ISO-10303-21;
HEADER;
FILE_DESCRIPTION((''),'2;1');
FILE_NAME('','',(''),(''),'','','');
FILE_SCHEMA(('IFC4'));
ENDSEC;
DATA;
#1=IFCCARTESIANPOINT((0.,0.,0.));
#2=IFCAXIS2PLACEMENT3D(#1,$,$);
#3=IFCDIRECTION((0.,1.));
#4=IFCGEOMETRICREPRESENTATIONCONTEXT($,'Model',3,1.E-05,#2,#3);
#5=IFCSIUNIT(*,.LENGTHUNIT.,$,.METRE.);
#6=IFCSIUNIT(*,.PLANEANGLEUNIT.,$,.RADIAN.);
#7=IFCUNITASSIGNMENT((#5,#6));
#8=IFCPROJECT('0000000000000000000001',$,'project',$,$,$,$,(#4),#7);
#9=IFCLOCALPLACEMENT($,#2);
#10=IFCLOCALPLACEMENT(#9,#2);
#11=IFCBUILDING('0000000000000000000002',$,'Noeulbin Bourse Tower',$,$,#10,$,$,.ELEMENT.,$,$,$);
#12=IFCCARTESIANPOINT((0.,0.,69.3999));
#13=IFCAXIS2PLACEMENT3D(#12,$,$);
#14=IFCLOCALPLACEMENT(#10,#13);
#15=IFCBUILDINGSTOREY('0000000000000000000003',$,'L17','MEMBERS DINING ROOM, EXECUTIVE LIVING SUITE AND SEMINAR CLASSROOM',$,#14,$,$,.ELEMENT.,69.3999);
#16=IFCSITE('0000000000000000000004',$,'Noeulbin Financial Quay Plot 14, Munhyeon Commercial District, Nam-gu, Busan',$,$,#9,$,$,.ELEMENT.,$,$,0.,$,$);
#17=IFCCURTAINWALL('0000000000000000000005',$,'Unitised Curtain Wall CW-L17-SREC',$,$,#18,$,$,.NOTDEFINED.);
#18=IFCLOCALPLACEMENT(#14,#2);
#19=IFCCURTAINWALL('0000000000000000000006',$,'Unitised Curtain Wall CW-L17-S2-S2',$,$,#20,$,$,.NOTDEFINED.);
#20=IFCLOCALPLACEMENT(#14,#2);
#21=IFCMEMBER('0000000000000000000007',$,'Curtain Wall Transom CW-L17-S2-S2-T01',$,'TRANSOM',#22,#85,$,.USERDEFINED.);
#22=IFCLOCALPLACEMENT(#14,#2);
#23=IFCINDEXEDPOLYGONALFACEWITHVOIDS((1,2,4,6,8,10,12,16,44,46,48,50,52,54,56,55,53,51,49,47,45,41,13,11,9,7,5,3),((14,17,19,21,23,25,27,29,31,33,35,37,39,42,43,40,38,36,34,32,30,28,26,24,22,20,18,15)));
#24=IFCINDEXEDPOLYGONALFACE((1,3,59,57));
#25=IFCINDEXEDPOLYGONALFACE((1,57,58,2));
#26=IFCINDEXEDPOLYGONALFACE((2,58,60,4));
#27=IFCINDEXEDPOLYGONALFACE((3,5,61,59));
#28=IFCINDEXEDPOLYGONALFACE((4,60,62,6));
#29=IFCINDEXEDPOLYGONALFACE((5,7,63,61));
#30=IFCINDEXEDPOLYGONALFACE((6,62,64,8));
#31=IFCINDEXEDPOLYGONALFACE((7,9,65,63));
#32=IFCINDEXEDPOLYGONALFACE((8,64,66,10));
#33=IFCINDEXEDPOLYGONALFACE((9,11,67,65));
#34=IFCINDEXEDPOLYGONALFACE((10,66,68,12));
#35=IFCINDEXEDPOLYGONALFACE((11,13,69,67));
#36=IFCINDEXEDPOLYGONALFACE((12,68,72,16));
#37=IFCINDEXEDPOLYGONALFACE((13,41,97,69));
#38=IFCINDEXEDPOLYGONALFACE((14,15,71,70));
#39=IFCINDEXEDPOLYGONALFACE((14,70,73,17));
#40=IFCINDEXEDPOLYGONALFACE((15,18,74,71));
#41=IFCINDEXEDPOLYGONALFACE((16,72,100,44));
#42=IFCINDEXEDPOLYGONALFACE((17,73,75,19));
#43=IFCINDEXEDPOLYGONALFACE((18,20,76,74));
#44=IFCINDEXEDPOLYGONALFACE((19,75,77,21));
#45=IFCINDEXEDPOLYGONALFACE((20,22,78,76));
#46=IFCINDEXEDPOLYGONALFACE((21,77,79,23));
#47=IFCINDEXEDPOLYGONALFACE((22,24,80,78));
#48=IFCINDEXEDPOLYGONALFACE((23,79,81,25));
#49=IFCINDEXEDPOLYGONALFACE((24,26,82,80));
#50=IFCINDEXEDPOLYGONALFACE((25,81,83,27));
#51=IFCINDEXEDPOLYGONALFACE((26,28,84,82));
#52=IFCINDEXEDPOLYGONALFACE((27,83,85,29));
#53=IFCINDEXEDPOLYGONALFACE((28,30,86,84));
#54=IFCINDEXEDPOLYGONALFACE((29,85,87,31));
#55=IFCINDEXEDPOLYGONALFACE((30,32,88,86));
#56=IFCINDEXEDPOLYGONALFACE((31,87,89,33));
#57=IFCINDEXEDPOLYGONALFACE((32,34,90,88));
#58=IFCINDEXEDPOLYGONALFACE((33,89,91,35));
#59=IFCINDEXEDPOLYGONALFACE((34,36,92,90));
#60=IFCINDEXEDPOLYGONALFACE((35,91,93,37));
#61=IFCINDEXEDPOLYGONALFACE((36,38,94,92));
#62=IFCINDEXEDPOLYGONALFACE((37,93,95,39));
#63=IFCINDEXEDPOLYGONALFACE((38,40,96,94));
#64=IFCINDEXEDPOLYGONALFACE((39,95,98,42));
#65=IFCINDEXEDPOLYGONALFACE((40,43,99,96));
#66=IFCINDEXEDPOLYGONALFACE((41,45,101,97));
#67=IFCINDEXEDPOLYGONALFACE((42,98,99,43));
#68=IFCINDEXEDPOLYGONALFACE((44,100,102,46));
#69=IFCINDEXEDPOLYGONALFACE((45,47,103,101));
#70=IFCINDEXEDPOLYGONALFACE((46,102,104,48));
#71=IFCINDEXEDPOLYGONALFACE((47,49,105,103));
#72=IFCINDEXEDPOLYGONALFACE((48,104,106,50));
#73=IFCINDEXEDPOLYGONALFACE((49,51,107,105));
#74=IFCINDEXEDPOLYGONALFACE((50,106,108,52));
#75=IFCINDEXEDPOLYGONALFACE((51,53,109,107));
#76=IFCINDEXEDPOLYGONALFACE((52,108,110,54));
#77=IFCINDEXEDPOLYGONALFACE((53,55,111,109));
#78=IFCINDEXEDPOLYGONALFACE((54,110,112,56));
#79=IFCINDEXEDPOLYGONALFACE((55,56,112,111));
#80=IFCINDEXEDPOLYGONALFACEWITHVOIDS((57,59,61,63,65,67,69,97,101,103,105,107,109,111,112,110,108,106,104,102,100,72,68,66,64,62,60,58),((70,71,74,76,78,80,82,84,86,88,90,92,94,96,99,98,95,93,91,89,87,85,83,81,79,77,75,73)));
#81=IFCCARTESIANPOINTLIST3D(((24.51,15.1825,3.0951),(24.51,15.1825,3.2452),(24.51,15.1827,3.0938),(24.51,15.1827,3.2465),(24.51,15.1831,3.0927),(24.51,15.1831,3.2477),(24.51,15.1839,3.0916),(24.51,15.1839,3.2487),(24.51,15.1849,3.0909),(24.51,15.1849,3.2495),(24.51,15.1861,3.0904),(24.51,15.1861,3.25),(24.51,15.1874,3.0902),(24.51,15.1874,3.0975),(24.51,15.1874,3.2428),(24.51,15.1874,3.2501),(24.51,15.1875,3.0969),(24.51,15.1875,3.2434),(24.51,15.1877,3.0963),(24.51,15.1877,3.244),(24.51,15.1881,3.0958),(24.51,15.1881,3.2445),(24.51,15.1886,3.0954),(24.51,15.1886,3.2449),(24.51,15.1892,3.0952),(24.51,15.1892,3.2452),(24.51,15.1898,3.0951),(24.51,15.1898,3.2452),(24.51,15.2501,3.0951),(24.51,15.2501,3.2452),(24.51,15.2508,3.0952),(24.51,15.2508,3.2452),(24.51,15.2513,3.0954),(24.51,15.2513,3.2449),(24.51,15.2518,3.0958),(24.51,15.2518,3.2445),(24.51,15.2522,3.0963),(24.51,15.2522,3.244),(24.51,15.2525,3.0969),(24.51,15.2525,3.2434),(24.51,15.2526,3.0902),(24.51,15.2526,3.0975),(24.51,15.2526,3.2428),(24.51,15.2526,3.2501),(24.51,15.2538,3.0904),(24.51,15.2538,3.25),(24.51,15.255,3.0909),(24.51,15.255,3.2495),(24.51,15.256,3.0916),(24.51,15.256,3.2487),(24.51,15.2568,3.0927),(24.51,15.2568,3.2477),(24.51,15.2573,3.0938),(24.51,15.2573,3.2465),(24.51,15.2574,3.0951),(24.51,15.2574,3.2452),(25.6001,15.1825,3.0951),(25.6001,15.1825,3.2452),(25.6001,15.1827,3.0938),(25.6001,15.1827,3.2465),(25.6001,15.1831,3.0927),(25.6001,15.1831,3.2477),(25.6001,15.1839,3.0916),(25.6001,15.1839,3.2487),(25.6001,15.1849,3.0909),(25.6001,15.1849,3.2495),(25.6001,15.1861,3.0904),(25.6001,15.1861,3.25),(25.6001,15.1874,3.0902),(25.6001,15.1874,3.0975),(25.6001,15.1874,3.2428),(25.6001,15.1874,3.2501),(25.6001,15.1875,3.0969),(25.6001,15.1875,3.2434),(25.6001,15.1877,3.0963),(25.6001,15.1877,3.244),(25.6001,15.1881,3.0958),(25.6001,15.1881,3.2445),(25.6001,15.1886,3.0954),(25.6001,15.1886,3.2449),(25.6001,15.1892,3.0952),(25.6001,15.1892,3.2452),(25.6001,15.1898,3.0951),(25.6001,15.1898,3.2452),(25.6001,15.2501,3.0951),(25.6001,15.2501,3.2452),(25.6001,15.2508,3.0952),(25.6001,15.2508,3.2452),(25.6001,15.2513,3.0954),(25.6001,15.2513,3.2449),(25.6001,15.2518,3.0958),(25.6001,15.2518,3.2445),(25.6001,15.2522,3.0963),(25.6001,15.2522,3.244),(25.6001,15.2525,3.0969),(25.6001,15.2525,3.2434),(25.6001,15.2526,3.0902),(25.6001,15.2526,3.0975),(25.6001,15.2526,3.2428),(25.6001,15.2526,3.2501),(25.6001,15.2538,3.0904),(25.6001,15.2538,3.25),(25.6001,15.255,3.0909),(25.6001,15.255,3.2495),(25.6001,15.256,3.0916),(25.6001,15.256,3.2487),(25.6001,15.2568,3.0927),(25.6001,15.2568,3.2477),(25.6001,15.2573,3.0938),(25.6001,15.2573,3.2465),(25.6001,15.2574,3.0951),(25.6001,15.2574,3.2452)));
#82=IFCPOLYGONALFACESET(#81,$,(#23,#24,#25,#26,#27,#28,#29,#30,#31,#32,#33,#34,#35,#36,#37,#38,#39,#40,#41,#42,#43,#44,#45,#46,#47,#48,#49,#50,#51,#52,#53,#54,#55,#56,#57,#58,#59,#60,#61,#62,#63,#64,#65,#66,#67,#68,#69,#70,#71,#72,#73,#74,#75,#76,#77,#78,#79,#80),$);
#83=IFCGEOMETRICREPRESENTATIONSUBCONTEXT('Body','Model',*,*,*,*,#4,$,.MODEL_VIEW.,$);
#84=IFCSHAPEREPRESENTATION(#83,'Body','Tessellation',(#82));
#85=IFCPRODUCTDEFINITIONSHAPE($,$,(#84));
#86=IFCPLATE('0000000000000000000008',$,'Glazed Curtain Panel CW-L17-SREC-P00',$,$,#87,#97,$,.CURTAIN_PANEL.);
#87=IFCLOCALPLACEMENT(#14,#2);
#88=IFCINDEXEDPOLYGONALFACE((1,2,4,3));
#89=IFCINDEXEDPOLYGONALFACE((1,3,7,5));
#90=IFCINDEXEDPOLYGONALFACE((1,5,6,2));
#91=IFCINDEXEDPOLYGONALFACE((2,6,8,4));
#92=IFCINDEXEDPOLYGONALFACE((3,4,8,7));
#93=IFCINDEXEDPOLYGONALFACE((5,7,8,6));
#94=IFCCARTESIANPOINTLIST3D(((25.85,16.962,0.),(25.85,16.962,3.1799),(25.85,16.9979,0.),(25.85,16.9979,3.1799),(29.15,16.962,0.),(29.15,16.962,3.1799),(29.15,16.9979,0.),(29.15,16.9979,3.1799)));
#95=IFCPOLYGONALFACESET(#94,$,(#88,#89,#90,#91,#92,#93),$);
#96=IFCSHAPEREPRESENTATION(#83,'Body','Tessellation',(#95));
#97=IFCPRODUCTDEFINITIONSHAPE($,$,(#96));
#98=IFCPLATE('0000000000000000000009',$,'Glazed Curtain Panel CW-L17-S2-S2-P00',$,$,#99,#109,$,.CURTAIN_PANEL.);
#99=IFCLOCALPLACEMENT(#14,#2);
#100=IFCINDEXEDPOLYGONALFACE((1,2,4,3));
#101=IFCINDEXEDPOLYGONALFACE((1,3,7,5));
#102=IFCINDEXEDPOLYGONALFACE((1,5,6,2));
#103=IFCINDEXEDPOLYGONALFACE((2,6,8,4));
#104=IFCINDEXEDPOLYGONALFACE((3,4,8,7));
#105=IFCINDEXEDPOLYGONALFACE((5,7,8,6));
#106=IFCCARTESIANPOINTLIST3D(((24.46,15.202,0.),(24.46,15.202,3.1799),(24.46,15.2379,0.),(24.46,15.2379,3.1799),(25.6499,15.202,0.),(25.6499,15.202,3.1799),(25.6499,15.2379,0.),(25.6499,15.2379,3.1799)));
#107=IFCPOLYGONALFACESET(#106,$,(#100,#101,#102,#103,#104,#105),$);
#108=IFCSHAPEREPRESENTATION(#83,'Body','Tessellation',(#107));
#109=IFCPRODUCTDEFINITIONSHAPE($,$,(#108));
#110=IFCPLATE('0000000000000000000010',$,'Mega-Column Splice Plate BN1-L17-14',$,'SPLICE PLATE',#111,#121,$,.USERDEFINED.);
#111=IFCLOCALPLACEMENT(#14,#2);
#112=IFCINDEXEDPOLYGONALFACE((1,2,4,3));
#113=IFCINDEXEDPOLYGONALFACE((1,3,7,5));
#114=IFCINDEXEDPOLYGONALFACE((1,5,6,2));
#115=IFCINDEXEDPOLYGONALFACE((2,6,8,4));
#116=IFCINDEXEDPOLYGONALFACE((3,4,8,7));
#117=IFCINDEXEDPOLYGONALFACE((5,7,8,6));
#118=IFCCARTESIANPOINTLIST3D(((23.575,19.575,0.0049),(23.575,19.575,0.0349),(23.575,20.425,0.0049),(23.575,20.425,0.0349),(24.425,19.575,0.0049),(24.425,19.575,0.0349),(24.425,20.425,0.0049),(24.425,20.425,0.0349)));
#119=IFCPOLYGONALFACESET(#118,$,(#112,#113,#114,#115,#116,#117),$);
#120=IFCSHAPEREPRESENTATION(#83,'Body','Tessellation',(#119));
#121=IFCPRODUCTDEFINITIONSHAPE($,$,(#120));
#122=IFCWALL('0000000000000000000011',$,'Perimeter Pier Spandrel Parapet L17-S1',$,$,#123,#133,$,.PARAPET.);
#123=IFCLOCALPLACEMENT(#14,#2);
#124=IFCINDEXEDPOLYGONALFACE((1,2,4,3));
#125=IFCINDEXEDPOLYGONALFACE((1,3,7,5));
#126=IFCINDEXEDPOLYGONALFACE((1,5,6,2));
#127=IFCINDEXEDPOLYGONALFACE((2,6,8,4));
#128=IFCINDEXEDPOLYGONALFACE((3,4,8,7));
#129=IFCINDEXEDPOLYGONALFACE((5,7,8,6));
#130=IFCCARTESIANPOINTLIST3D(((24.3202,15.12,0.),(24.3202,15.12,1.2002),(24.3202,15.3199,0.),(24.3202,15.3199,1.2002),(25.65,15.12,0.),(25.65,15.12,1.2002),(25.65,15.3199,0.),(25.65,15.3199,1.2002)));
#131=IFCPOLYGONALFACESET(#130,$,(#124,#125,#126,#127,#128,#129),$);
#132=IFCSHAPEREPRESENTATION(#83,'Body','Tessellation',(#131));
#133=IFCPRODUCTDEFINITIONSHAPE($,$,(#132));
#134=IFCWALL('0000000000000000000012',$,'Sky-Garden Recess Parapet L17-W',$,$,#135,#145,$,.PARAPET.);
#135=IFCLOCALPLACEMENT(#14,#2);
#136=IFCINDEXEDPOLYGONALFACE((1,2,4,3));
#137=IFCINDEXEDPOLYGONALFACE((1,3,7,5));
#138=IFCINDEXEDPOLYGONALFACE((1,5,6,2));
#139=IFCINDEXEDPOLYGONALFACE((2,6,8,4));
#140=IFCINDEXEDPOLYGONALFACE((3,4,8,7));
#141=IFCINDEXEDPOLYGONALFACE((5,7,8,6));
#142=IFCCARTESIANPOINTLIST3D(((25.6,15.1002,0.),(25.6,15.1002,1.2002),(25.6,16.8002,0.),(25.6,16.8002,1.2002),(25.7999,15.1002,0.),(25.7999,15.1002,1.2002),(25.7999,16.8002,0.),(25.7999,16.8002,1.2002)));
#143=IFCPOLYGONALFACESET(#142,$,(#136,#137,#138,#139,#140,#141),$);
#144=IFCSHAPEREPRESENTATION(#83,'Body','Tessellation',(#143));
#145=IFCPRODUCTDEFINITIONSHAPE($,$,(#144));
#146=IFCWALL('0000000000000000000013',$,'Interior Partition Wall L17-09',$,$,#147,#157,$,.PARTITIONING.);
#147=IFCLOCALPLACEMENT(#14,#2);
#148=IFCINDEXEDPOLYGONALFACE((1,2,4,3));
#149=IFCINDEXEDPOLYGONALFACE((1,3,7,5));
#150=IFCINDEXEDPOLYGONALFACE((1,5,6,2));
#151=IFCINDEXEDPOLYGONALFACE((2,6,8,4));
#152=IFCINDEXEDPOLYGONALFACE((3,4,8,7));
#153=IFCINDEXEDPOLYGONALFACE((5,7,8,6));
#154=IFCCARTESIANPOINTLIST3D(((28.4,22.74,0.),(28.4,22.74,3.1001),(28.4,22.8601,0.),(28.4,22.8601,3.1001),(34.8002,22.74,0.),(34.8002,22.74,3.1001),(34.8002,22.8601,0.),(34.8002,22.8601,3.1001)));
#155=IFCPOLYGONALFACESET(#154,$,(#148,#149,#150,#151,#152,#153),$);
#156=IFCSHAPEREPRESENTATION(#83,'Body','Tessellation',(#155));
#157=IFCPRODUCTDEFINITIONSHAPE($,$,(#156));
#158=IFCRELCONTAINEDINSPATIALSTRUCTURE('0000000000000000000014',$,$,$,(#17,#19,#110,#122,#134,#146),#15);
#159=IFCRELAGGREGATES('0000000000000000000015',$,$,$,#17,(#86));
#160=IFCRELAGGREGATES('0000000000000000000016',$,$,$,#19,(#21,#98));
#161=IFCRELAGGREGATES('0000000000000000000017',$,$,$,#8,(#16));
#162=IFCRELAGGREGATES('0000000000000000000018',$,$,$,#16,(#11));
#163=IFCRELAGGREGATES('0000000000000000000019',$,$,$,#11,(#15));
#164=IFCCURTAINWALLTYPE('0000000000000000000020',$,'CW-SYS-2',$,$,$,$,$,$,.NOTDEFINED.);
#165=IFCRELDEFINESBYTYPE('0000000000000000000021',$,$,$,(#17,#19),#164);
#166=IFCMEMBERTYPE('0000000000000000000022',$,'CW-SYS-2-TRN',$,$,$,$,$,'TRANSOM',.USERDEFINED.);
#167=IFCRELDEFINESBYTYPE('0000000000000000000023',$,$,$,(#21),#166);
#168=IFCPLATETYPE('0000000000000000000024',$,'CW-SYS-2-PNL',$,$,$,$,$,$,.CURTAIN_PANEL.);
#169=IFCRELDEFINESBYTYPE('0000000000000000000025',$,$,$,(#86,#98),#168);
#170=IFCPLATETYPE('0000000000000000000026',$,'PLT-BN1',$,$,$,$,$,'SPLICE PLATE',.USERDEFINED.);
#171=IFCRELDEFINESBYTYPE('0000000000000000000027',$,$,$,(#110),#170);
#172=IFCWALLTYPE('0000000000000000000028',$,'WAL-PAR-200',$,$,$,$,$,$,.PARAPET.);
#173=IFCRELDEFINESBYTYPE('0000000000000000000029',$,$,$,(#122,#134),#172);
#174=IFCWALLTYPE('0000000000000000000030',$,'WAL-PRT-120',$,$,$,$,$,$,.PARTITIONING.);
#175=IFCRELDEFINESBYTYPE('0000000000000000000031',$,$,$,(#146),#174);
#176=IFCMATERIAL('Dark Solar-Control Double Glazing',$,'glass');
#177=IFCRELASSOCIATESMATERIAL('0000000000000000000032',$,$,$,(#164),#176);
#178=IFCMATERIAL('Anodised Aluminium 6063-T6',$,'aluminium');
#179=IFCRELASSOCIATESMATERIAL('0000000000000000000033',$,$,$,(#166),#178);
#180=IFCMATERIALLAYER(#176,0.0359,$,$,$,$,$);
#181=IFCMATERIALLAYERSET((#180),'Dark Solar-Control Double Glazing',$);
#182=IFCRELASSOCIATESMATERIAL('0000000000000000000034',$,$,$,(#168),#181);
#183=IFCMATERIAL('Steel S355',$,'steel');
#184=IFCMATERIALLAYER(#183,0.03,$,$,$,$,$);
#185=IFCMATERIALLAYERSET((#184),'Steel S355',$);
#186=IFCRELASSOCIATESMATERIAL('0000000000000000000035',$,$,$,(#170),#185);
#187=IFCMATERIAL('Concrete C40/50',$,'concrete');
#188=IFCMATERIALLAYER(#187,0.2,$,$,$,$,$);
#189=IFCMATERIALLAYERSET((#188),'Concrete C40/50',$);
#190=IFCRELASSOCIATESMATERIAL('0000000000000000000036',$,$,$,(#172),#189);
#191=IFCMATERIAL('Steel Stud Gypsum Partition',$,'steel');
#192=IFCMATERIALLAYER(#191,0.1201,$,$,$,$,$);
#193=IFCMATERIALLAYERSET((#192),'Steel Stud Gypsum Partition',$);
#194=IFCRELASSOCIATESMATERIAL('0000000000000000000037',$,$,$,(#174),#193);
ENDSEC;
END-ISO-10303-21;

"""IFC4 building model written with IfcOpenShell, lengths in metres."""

from ifc_helpers import new_model, si_unit, direction, frame, frame_2d, origin, origin_2d, place, context, subcontext, project, spatial, rectangle, hollow_rectangle, extrude, material, layer, layer_set, material_profile, profile_set, type_object, element, aggregate, save


model = new_model("IFC4")

# Units and contexts
model_context = context("Model", 3, precision=1e-05, world=origin(), true_north=direction((0.0, 1.0)))
body_context = subcontext(model_context, "Body", "Model", "MODEL_VIEW")
ifc_project = project(units=[si_unit("LENGTHUNIT", "METRE"), si_unit("PLANEANGLEUNIT", "RADIAN")], contexts=[model_context])

# Site, building, storey
site_placement = place(None, origin())
site = spatial("IfcSite", under=ifc_project, at=site_placement, Name="Noeulbin Financial Quay Plot 14, Munhyeon Commercial District, Nam-gu, Busan", CompositionType="ELEMENT", RefElevation=0.0)
building_placement = place(site_placement, origin())
building = spatial("IfcBuilding", under=site, at=building_placement, Name="Noeulbin Bourse Tower", CompositionType="ELEMENT")
storey_placement = place(building_placement, frame((0.0, 0.0, 69.3999)))
storey = spatial("IfcBuildingStorey", under=building, at=storey_placement, Name="L17", Description="MEMBERS DINING ROOM, EXECUTIVE LIVING SUITE AND SEMINAR CLASSROOM", CompositionType="ELEMENT", Elevation=69.3999)

# Shared definitions
ifc_material_1 = material(Name="Steel S355", Category="steel")

# Curtain wall
ifc_material_2 = material(Name="Dark Solar-Control Double Glazing", Category="glass")
curtain_wall_type = type_object("IfcCurtainWallType", Name="CW-SYS-2", PredefinedType="NOTDEFINED", material=ifc_material_2)
curtain_wall_1_placement = place(storey_placement, origin())
curtain_wall_1 = element("IfcCurtainWall", 1, at=curtain_wall_1_placement, inside=storey, type_object=curtain_wall_type, Name="Unitised Curtain Wall CW-L17-SREC", PredefinedType="NOTDEFINED")
ifc_material_3 = material(Name="Anodised Aluminium 6063-T6", Category="aluminium")

# Curtain wall
curtain_wall_2_placement = place(storey_placement, origin())
curtain_wall_2 = element("IfcCurtainWall", 2, at=curtain_wall_2_placement, inside=storey, type_object=curtain_wall_type, Name="Unitised Curtain Wall CW-L17-S2-S2", PredefinedType="NOTDEFINED")

# Member
ifc_material_profile_1 = material_profile(ifc_material_3, hollow_rectangle(XDim=0.075, YDim=0.1599, WallThickness=0.0049, InnerFilletRadius=0.0024, OuterFilletRadius=0.0049, at=origin_2d()), Name="ALU-TRAN-75x160x5", Category="LoadBearing")
ifc_profile_set_1 = profile_set([ifc_material_profile_1], Name="Anodised Aluminium 6063-T6")
member_type_1 = type_object("IfcMemberType", Name="CW-SYS-2-TRN", ElementType="TRANSOM", PredefinedType="USERDEFINED", material=ifc_profile_set_1)
member_1_placement = place(storey_placement, frame((24.51, 15.22, 3.1702), z_axis=(1.0, 0.0, 0.0), x_axis=(0.0, 1.0, 0.0)))
member_1 = element("IfcMember", 3, at=member_1_placement, type_object=member_type_1, Name="Curtain Wall Transom CW-L17-S2-S2-T01", ObjectType="TRANSOM", PredefinedType="USERDEFINED", context=body_context, shape_type="SweptSolid", body=[
    extrude(hollow_rectangle(XDim=0.075, YDim=0.1599, WallThickness=0.0049, InnerFilletRadius=0.0024, OuterFilletRadius=0.0049, at=origin_2d()), origin(), (0.0, 0.0, 1.0), 1.0901),
])

# Plates
ifc_layer_1 = layer(ifc_material_2, 0.0359)
ifc_layer_set_1 = layer_set([ifc_layer_1], Name="Dark Solar-Control Double Glazing")
plate_type_1 = type_object("IfcPlateType", Name="CW-SYS-2-PNL", PredefinedType="CURTAIN_PANEL", material=ifc_layer_set_1)
plate_1_placement = place(storey_placement, frame((27.5, 16.98, 0.0), z_axis=(0.0, 0.0, 1.0), x_axis=(1.0, 0.0, 0.0)))
plate_1 = element("IfcPlate", 4, at=plate_1_placement, type_object=plate_type_1, Name="Glazed Curtain Panel CW-L17-SREC-P00", PredefinedType="CURTAIN_PANEL", context=body_context, shape_type="SweptSolid", body=[
    extrude(rectangle(XDim=3.3, YDim=0.0359, at=origin_2d()), origin(), (0.0, 0.0, 1.0), 3.1799),
])
aggregate(curtain_wall_1, [plate_1])
plate_2_placement = place(storey_placement, frame((25.0549, 15.22, 0.0), z_axis=(0.0, 0.0, 1.0), x_axis=(1.0, 0.0, 0.0)))
plate_2 = element("IfcPlate", 5, at=plate_2_placement, type_object=plate_type_1, Name="Glazed Curtain Panel CW-L17-S2-S2-P00", PredefinedType="CURTAIN_PANEL", context=body_context, shape_type="SweptSolid", body=[
    extrude(rectangle(XDim=1.1899, YDim=0.0359, at=origin_2d()), origin(), (0.0, 0.0, 1.0), 3.1799),
])
aggregate(curtain_wall_2, [member_1, plate_2])
ifc_layer_2 = layer(ifc_material_1, 0.03)
ifc_layer_set_2 = layer_set([ifc_layer_2], Name="Steel S355")
plate_type_2 = type_object("IfcPlateType", Name="PLT-BN1", ElementType="SPLICE PLATE", PredefinedType="USERDEFINED", material=ifc_layer_set_2)
plate_3_placement = place(storey_placement, frame((24.0, 20.0, 0.0049), z_axis=(0.0, 0.0, 1.0), x_axis=(1.0, 0.0, 0.0)))
element("IfcPlate", 6, at=plate_3_placement, inside=storey, type_object=plate_type_2, Name="Mega-Column Splice Plate BN1-L17-14", ObjectType="SPLICE PLATE", PredefinedType="USERDEFINED", context=body_context, shape_type="SweptSolid", body=[
    extrude(rectangle(XDim=0.8501, YDim=0.8501, at=origin_2d()), origin(), (0.0, 0.0, 1.0), 0.03),
])

# Walls
ifc_material_4 = material(Name="Concrete C40/50", Category="concrete")
ifc_layer_3 = layer(ifc_material_4, 0.2)
ifc_layer_set_3 = layer_set([ifc_layer_3], Name="Concrete C40/50")
wall_type_1 = type_object("IfcWallType", Name="WAL-PAR-200", PredefinedType="PARAPET", material=ifc_layer_set_3)
wall_1_placement = place(storey_placement, frame((24.3201, 15.22, 0.0), z_axis=(0.0, 0.0, 1.0), x_axis=(1.0, 0.0, 0.0)))
element("IfcWall", 7, at=wall_1_placement, inside=storey, type_object=wall_type_1, Name="Perimeter Pier Spandrel Parapet L17-S1", PredefinedType="PARAPET", context=body_context, shape_type="SweptSolid", body=[
    extrude(rectangle(XDim=1.3298, YDim=0.2, at=frame_2d((0.665, 0.0))), origin(), (0.0, 0.0, 1.0), 1.2002),
])
wall_2_placement = place(storey_placement, frame((25.7, 15.1001, 0.0), z_axis=(0.0, 0.0, 1.0), x_axis=(0.0, 1.0, 0.0)))
element("IfcWall", 8, at=wall_2_placement, inside=storey, type_object=wall_type_1, Name="Sky-Garden Recess Parapet L17-W", PredefinedType="PARAPET", context=body_context, shape_type="SweptSolid", body=[
    extrude(rectangle(XDim=1.7, YDim=0.2, at=frame_2d((0.8501, 0.0))), origin(), (0.0, 0.0, 1.0), 1.2002),
])
ifc_material_5 = material(Name="Steel Stud Gypsum Partition", Category="steel")
ifc_layer_4 = layer(ifc_material_5, 0.1201)
ifc_layer_set_4 = layer_set([ifc_layer_4], Name="Steel Stud Gypsum Partition")
wall_type_2 = type_object("IfcWallType", Name="WAL-PRT-120", PredefinedType="PARTITIONING", material=ifc_layer_set_4)
wall_3_placement = place(storey_placement, frame((28.3999, 22.8, 0.0), z_axis=(0.0, 0.0, 1.0), x_axis=(1.0, 0.0, 0.0)))
element("IfcWall", 9, at=wall_3_placement, inside=storey, type_object=wall_type_2, Name="Interior Partition Wall L17-09", PredefinedType="PARTITIONING", context=body_context, shape_type="SweptSolid", body=[
    extrude(rectangle(XDim=6.4001, YDim=0.1201, at=frame_2d((3.2002, 0.0))), origin(), (0.0, 0.0, 1.0), 3.1001),
])

save(model, "model.ifc")
